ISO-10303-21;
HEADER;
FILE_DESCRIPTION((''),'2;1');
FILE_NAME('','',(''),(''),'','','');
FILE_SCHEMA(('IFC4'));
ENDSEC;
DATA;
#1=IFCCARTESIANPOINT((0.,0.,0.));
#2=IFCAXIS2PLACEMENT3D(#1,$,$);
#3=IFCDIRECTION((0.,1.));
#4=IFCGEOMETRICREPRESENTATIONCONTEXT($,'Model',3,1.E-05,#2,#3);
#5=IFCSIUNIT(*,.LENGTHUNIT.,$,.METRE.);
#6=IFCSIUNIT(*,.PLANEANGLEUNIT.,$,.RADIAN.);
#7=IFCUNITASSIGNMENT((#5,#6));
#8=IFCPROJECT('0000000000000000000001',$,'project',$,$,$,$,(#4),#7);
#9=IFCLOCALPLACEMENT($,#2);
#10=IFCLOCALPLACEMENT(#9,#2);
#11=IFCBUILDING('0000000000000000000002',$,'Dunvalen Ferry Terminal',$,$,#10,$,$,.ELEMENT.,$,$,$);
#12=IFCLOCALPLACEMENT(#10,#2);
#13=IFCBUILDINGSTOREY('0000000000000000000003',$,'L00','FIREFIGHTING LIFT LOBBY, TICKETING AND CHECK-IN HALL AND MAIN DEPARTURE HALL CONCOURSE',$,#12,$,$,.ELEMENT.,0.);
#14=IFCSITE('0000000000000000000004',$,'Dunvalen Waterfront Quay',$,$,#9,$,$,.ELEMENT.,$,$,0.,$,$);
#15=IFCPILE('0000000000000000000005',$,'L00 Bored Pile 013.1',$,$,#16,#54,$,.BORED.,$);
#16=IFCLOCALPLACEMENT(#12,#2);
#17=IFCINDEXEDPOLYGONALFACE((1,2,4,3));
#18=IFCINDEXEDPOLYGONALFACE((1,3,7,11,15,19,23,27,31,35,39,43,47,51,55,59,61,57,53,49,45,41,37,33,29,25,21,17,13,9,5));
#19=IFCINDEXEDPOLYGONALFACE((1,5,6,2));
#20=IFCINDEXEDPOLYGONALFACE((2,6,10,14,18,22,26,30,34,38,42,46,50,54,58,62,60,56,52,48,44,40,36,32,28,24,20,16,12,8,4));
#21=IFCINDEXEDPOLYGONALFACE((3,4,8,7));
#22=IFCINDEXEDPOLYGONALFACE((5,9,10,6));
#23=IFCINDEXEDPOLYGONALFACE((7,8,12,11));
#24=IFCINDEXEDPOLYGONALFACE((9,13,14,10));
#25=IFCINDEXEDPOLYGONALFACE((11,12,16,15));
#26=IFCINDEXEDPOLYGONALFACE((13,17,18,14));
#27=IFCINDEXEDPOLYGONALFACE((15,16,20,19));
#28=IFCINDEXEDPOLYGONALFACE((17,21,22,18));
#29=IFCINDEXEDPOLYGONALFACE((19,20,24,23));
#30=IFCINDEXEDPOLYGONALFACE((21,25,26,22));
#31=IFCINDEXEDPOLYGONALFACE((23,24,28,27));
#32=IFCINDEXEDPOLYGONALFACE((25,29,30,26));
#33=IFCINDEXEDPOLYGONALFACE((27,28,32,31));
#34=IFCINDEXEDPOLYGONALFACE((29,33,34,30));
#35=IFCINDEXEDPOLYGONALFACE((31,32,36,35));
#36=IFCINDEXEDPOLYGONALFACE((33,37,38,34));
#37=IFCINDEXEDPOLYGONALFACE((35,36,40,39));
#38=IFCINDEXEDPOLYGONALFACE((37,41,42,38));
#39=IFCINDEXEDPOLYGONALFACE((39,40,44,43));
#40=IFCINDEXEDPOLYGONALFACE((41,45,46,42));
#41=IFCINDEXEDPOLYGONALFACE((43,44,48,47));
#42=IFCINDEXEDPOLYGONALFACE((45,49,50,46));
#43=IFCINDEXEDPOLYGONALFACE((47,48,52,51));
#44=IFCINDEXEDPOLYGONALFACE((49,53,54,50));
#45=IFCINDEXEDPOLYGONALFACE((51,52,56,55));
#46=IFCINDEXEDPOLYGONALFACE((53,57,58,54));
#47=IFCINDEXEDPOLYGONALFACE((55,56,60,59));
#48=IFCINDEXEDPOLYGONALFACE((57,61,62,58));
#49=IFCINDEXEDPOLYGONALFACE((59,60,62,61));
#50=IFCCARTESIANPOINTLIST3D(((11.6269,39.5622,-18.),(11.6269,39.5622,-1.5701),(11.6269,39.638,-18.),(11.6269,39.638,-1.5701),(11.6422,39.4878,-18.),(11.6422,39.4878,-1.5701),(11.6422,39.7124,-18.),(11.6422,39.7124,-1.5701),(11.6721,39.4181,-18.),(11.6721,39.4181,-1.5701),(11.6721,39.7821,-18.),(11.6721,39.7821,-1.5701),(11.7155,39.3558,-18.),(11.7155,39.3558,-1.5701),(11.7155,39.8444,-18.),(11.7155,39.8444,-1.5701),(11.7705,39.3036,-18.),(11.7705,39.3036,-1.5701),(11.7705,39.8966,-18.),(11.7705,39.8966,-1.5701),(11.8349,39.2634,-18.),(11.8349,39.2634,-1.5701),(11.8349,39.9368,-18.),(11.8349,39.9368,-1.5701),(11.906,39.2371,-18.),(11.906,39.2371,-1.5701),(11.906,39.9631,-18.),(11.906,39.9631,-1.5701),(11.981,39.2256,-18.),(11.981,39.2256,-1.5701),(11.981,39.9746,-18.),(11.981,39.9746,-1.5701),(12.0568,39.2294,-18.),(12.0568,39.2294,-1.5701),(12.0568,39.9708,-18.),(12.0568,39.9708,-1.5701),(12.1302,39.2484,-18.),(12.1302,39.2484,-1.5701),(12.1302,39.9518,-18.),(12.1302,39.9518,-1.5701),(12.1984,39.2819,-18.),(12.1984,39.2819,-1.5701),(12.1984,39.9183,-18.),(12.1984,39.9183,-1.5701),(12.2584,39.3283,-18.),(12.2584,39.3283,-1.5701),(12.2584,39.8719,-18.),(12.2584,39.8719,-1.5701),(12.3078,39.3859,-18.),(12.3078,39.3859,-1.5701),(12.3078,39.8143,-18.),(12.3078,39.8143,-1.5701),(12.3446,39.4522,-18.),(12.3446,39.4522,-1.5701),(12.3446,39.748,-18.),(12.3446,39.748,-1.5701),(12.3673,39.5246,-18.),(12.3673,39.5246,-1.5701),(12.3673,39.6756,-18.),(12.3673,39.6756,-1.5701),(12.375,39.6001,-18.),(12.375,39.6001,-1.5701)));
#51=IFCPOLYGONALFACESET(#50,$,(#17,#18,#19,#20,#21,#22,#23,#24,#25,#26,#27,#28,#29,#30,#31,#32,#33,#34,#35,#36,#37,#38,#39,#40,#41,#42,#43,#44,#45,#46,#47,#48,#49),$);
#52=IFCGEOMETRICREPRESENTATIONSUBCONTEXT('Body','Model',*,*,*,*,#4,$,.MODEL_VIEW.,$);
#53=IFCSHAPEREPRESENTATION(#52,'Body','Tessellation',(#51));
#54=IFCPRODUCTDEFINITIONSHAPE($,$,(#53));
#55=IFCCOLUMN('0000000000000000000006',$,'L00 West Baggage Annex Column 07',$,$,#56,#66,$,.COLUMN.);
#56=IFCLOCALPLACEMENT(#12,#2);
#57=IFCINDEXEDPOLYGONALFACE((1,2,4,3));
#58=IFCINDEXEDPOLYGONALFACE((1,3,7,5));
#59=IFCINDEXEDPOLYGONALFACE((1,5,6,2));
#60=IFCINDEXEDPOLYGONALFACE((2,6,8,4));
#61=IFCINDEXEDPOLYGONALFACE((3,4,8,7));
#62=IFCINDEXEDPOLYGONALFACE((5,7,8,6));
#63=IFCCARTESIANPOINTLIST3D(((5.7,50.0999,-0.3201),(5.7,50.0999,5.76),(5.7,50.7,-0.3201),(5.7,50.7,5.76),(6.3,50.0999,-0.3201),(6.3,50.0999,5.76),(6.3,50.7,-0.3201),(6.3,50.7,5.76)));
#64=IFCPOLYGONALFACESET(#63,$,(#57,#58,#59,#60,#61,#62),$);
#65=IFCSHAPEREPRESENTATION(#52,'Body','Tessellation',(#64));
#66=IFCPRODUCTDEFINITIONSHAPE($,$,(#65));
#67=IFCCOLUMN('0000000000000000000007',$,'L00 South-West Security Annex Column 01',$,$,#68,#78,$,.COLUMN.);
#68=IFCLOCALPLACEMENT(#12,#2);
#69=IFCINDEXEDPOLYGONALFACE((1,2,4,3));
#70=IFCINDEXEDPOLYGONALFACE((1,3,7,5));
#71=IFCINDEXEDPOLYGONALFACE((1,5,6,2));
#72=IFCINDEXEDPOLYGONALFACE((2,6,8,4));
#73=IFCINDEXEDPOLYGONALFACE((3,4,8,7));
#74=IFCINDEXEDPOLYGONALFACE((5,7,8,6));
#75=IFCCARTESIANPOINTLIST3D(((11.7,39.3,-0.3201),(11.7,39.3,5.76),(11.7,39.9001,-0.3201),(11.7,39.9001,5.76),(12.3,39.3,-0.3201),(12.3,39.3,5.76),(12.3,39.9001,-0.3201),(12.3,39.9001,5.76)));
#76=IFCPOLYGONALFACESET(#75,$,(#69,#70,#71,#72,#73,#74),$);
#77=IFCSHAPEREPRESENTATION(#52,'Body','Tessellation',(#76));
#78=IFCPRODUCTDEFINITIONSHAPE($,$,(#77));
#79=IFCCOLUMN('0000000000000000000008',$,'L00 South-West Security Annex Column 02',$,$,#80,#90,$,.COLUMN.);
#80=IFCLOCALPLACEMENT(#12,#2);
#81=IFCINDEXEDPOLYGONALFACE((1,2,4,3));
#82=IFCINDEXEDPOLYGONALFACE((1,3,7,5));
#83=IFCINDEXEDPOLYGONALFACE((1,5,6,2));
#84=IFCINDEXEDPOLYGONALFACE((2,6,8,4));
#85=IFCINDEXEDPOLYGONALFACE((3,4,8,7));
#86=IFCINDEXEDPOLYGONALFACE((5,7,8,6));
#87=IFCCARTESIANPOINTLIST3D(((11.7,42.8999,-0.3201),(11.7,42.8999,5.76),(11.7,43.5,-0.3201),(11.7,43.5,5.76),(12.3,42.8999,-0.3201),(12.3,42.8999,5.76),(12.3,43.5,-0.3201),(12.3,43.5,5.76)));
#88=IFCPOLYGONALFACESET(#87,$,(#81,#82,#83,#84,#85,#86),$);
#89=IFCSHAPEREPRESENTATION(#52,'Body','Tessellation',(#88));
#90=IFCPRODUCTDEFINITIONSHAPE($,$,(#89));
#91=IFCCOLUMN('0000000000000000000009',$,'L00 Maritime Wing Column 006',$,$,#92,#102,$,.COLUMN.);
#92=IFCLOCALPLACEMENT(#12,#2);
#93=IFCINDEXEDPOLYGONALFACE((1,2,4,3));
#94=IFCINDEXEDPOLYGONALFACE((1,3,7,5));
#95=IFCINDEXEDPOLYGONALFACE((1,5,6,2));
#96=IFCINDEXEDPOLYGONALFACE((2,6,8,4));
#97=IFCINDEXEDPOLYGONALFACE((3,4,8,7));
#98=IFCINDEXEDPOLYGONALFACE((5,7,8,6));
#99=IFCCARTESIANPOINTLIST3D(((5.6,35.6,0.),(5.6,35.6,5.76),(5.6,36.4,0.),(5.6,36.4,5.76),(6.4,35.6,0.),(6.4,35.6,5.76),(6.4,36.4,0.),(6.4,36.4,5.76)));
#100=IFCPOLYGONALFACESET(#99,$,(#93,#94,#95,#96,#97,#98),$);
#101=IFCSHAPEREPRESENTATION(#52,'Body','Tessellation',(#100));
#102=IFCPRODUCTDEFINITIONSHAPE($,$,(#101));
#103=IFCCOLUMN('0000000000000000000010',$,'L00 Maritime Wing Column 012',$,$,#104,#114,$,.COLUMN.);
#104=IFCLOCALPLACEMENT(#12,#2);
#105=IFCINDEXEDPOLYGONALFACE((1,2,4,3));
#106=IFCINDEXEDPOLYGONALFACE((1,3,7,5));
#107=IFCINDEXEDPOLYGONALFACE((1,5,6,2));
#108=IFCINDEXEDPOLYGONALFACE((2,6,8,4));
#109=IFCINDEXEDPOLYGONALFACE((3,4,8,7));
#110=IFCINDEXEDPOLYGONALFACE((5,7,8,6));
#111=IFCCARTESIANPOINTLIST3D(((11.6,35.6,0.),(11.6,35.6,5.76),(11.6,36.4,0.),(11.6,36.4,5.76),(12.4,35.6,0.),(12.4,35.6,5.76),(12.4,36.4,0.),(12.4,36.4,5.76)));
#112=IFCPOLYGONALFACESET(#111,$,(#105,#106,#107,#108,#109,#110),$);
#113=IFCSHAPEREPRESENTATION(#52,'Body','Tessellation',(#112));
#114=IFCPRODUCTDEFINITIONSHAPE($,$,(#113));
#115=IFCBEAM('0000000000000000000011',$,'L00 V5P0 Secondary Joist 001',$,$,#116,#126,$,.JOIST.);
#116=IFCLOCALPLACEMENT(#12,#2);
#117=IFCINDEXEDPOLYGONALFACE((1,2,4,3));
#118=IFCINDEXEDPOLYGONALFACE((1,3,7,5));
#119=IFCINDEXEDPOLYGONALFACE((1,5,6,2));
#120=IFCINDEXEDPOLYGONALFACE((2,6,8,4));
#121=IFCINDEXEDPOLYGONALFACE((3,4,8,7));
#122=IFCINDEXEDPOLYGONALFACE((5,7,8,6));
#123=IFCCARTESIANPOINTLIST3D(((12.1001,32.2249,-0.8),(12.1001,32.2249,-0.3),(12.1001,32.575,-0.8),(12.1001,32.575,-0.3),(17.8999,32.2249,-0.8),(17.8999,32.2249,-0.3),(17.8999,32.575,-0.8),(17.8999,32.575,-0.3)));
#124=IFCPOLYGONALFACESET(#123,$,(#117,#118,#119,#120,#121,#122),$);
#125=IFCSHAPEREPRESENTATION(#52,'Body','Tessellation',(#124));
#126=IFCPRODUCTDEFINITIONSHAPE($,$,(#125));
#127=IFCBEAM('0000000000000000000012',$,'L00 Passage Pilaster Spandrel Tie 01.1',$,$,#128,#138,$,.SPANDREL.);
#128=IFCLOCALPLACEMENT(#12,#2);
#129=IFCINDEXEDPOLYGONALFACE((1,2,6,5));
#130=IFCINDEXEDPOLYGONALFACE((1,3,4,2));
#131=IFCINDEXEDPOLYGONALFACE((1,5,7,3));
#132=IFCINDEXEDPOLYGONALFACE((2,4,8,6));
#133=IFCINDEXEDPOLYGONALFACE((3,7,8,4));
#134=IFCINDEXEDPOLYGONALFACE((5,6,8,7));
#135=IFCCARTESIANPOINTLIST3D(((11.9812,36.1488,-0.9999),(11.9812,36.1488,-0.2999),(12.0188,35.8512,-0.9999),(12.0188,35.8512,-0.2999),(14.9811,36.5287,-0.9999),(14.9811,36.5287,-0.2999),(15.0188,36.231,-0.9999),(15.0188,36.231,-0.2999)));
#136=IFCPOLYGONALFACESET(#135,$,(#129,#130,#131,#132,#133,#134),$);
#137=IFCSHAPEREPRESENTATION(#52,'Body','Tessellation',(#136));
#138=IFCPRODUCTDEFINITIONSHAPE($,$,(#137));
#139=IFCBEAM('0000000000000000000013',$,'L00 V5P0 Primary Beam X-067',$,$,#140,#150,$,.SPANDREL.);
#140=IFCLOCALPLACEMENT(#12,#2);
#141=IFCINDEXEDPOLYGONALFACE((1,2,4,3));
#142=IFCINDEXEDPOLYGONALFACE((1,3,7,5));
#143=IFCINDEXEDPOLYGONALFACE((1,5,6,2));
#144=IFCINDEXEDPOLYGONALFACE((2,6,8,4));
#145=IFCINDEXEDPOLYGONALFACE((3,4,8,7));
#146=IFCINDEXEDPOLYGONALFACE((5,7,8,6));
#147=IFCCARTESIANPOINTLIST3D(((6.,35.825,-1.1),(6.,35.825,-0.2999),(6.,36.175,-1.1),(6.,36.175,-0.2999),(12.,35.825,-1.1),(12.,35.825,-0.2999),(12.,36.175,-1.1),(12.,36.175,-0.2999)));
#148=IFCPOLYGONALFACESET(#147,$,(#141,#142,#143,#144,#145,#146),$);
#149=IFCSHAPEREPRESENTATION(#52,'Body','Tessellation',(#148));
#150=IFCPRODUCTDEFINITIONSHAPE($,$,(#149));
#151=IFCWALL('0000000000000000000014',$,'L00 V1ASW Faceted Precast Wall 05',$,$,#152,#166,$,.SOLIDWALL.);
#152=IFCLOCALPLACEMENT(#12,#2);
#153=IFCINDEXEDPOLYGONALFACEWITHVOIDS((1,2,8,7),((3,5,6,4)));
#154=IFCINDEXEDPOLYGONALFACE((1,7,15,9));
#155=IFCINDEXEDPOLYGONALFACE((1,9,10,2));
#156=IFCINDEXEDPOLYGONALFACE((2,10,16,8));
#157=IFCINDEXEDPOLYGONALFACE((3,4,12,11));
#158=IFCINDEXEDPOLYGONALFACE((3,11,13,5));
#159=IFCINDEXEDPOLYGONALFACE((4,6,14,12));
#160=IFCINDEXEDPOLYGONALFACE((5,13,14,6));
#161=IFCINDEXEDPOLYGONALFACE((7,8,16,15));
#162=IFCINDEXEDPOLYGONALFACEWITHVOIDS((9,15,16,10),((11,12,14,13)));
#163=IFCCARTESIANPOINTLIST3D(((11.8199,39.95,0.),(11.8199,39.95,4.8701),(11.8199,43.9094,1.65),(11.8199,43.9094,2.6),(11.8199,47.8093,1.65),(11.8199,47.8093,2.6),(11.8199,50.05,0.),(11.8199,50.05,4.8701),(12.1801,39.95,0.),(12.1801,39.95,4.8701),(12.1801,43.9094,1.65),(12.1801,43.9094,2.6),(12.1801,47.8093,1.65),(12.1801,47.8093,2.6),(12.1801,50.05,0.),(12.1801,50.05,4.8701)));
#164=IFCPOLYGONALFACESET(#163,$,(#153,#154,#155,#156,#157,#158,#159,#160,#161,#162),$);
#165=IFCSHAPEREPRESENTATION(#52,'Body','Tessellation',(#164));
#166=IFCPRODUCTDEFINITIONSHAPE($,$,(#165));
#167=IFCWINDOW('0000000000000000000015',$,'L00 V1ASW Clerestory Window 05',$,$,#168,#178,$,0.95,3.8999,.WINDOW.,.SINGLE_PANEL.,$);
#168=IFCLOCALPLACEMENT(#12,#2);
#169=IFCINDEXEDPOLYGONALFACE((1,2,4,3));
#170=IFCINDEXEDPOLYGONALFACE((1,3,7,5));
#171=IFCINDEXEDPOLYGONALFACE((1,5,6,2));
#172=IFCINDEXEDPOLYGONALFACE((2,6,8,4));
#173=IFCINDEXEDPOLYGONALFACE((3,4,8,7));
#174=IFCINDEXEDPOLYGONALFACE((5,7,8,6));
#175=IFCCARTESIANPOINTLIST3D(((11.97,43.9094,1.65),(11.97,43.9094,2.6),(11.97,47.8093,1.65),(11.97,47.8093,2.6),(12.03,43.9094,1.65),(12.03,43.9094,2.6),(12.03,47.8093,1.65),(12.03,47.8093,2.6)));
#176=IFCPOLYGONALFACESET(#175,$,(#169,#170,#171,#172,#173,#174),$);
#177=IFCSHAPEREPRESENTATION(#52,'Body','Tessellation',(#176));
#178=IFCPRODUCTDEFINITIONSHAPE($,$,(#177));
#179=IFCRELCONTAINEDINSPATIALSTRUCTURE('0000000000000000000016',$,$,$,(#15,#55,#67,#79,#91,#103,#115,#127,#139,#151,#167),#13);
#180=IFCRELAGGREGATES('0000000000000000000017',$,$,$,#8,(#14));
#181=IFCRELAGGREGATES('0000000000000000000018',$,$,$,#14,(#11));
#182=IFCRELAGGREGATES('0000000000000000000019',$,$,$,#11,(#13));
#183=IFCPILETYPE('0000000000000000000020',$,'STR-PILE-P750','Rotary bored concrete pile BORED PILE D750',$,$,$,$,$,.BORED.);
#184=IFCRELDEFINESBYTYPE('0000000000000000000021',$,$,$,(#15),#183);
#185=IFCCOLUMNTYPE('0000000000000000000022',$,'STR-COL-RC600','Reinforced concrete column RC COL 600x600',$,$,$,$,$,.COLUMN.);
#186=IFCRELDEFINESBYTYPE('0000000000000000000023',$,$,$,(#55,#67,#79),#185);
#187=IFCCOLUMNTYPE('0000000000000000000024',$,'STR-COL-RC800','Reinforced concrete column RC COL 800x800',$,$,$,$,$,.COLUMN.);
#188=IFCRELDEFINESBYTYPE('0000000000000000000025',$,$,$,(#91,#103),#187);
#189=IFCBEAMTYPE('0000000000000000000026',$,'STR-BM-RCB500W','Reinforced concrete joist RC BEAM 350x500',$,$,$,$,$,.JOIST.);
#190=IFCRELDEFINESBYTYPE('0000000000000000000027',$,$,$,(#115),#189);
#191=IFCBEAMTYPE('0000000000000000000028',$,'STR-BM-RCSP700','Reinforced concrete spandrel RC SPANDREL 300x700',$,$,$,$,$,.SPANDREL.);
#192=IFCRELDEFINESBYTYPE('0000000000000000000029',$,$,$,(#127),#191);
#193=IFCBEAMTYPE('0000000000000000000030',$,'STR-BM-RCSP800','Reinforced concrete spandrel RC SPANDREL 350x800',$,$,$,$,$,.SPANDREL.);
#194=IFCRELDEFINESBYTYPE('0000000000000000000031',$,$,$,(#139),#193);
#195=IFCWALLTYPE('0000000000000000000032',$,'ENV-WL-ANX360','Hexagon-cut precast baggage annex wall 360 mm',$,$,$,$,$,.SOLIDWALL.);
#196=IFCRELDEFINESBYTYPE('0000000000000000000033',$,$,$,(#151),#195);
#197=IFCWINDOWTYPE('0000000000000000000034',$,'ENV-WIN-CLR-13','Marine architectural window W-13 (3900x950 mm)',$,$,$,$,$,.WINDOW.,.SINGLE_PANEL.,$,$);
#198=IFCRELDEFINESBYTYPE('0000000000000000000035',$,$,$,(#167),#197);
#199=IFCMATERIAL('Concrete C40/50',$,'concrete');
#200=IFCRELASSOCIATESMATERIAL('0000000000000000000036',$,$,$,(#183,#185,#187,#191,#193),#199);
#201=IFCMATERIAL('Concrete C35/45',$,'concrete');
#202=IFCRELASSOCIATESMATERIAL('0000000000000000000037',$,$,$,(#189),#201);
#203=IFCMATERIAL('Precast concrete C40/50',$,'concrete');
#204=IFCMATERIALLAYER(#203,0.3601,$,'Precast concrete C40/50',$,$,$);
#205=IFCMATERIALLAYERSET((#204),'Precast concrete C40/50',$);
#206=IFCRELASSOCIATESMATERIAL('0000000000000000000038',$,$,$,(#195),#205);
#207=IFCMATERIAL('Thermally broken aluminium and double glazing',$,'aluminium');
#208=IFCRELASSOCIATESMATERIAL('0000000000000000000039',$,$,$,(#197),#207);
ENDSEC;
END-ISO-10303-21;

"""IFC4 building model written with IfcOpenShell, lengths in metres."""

from ifc_helpers import new_model, si_unit, direction, frame, frame_2d, origin, origin_2d, place, context, subcontext, project, spatial, rectangle, circle, extrude, material, layer, layer_set, material_profile, profile_set, type_object, element, fill, save


model = new_model("IFC4")

# Units and contexts
model_context = context("Model", 3, precision=1e-05, world=origin(), true_north=direction((0.0, 1.0)))
body_context = subcontext(model_context, "Body", "Model", "MODEL_VIEW")
ifc_project = project(units=[si_unit("LENGTHUNIT", "METRE"), si_unit("PLANEANGLEUNIT", "RADIAN")], contexts=[model_context])

# Site, building, storey
site_placement = place(None, origin())
site = spatial("IfcSite", under=ifc_project, at=site_placement, Name="Dunvalen Waterfront Quay", CompositionType="ELEMENT", RefElevation=0.0)
building_placement = place(site_placement, origin())
building = spatial("IfcBuilding", under=site, at=building_placement, Name="Dunvalen Ferry Terminal", CompositionType="ELEMENT")
storey_placement = place(building_placement, origin())
storey = spatial("IfcBuildingStorey", under=building, at=storey_placement, Name="L00", Description="FIREFIGHTING LIFT LOBBY, TICKETING AND CHECK-IN HALL AND MAIN DEPARTURE HALL CONCOURSE", CompositionType="ELEMENT", Elevation=0.0)

# Shared definitions
ifc_material_1 = material(Name="Concrete C40/50", Category="concrete")

# Pile
ifc_material_profile_1 = material_profile(ifc_material_1, circle(Radius=0.375, at=origin_2d()), Name="Concrete C40/50")
ifc_profile_set_1 = profile_set([ifc_material_profile_1], Name="Concrete C40/50")
pile_type_1 = type_object("IfcPileType", Name="STR-PILE-P750", Description="Rotary bored concrete pile BORED PILE D750", PredefinedType="BORED", material=ifc_profile_set_1)
for number, where, z_axis, x_axis, name in (
    (1, (12.0, 39.6001, -1.5701), (0.0, 0.0, -1.0), (1.0, 0.0, 0.0), "L00 Bored Pile 013.1"),
):
    element("IfcPile", number, at=place(storey_placement, frame(where, z_axis=z_axis, x_axis=x_axis)), inside=storey, type_object=pile_type_1, Name=name, PredefinedType="BORED", context=body_context, shape_type="SweptSolid", body=[
        extrude(circle(Radius=0.375, at=origin_2d()), origin(), (0.0, 0.0, 1.0), 16.4299),
    ])

# Columns
ifc_material_profile_2 = material_profile(ifc_material_1, rectangle(XDim=0.6001, YDim=0.6001, at=origin_2d()), Name="Concrete C40/50")
ifc_profile_set_2 = profile_set([ifc_material_profile_2], Name="Concrete C40/50")
column_type_1 = type_object("IfcColumnType", Name="STR-COL-RC600", Description="Reinforced concrete column RC COL 600x600", PredefinedType="COLUMN", material=ifc_profile_set_2)
for number, where, z_axis, x_axis, name in (
    (2, (6.0, 50.3999, -0.3201), (0.0, 0.0, 1.0), (1.0, 0.0, 0.0), "L00 West Baggage Annex Column 07"),
    (3, (12.0, 39.6001, -0.3201), (0.0, 0.0, 1.0), (1.0, 0.0, 0.0), "L00 South-West Security Annex Column 01"),
    (4, (12.0, 43.2, -0.3201), (0.0, 0.0, 1.0), (1.0, 0.0, 0.0), "L00 South-West Security Annex Column 02"),
):
    element("IfcColumn", number, at=place(storey_placement, frame(where, z_axis=z_axis, x_axis=x_axis)), inside=storey, type_object=column_type_1, Name=name, PredefinedType="COLUMN", context=body_context, shape_type="SweptSolid", body=[
        extrude(rectangle(XDim=0.6001, YDim=0.6001, at=origin_2d()), origin(), (0.0, 0.0, 1.0), 6.0801),
    ])
ifc_material_profile_3 = material_profile(ifc_material_1, rectangle(XDim=0.8, YDim=0.8, at=origin_2d()), Name="Concrete C40/50")
ifc_profile_set_3 = profile_set([ifc_material_profile_3], Name="Concrete C40/50")
column_type_2 = type_object("IfcColumnType", Name="STR-COL-RC800", Description="Reinforced concrete column RC COL 800x800", PredefinedType="COLUMN", material=ifc_profile_set_3)
for number, where, z_axis, x_axis, name in (
    (5, (6.0, 36.0, 0.0), (0.0, 0.0, 1.0), (1.0, 0.0, 0.0), "L00 Maritime Wing Column 006"),
    (6, (12.0, 36.0, 0.0), (0.0, 0.0, 1.0), (1.0, 0.0, 0.0), "L00 Maritime Wing Column 012"),
):
    element("IfcColumn", number, at=place(storey_placement, frame(where, z_axis=z_axis, x_axis=x_axis)), inside=storey, type_object=column_type_2, Name=name, PredefinedType="COLUMN", context=body_context, shape_type="SweptSolid", body=[
        extrude(rectangle(XDim=0.8, YDim=0.8, at=origin_2d()), origin(), (0.0, 0.0, 1.0), 5.76),
    ])

# Beams
ifc_material_2 = material(Name="Concrete C35/45", Category="concrete")
ifc_material_profile_4 = material_profile(ifc_material_2, rectangle(XDim=0.3501, YDim=0.5, at=origin_2d()), Name="Concrete C35/45")
ifc_profile_set_4 = profile_set([ifc_material_profile_4], Name="Concrete C35/45")
beam_type_1 = type_object("IfcBeamType", Name="STR-BM-RCB500W", Description="Reinforced concrete joist RC BEAM 350x500", PredefinedType="JOIST", material=ifc_profile_set_4)
beam_1_placement = place(storey_placement, frame((12.1001, 32.3999, -0.55), z_axis=(1.0, 0.0, 0.0), x_axis=(0.0, 1.0, 0.0)))
element("IfcBeam", 7, at=beam_1_placement, inside=storey, type_object=beam_type_1, Name="L00 V5P0 Secondary Joist 001", PredefinedType="JOIST", context=body_context, shape_type="SweptSolid", body=[
    extrude(rectangle(XDim=0.3501, YDim=0.5, at=origin_2d()), origin(), (0.0, 0.0, 1.0), 5.7998),
])
ifc_material_profile_5 = material_profile(ifc_material_1, rectangle(XDim=0.3, YDim=0.7, at=origin_2d()), Name="Concrete C40/50")
ifc_profile_set_5 = profile_set([ifc_material_profile_5], Name="Concrete C40/50")
beam_type_2 = type_object("IfcBeamType", Name="STR-BM-RCSP700", Description="Reinforced concrete spandrel RC SPANDREL 300x700", PredefinedType="SPANDREL", material=ifc_profile_set_5)
beam_2_placement = place(storey_placement, frame((12.0, 36.0, -0.6499), z_axis=(0.992078, 0.125624, 0.0), x_axis=(-0.125624, 0.992078, 0.0)))
element("IfcBeam", 8, at=beam_2_placement, inside=storey, type_object=beam_type_2, Name="L00 Passage Pilaster Spandrel Tie 01.1", PredefinedType="SPANDREL", context=body_context, shape_type="SweptSolid", body=[
    extrude(rectangle(XDim=0.3, YDim=0.7, at=origin_2d()), origin(), (0.0, 0.0, 1.0), 3.0239),
])
ifc_material_profile_6 = material_profile(ifc_material_1, rectangle(XDim=0.3501, YDim=0.8, at=origin_2d()), Name="Concrete C40/50")
ifc_profile_set_6 = profile_set([ifc_material_profile_6], Name="Concrete C40/50")
beam_type_3 = type_object("IfcBeamType", Name="STR-BM-RCSP800", Description="Reinforced concrete spandrel RC SPANDREL 350x800", PredefinedType="SPANDREL", material=ifc_profile_set_6)
beam_3_placement = place(storey_placement, frame((6.0, 36.0, -0.7), z_axis=(1.0, 0.0, 0.0), x_axis=(0.0, 1.0, 0.0)))
element("IfcBeam", 9, at=beam_3_placement, inside=storey, type_object=beam_type_3, Name="L00 V5P0 Primary Beam X-067", PredefinedType="SPANDREL", context=body_context, shape_type="SweptSolid", body=[
    extrude(rectangle(XDim=0.3501, YDim=0.8, at=origin_2d()), origin(), (0.0, 0.0, 1.0), 6.0),
])

# Wall, opening, window
ifc_material_3 = material(Name="Precast concrete C40/50", Category="concrete")
ifc_layer_1 = layer(ifc_material_3, 0.3601, Name="Precast concrete C40/50")
ifc_layer_set_1 = layer_set([ifc_layer_1], Name="Precast concrete C40/50")
wall_type_1 = type_object("IfcWallType", Name="ENV-WL-ANX360", Description="Hexagon-cut precast baggage annex wall 360 mm", PredefinedType="SOLIDWALL", material=ifc_layer_set_1)
wall_1_placement = place(storey_placement, frame((12.0, 50.05, 0.0), z_axis=(0.0, 0.0, 1.0), x_axis=(0.0, -1.0, 0.0)))
wall_1 = element("IfcWall", 10, at=wall_1_placement, inside=storey, type_object=wall_type_1, Name="L00 V1ASW Faceted Precast Wall 05", PredefinedType="SOLIDWALL", context=body_context, shape_type="SweptSolid", body=[
    extrude(rectangle(XDim=10.1001, YDim=0.3601, at=frame_2d((5.05, 0.0))), origin(), (0.0, 0.0, 1.0), 4.8701),
])
opening_1_placement = place(wall_1_placement, frame((2.2407, 0.0, 1.6499)))
opening_1 = element("IfcOpeningElement", 11, at=opening_1_placement, cuts=wall_1, PredefinedType="OPENING", context=body_context, shape_type="SweptSolid", body=[
    extrude(rectangle(XDim=3.8999, YDim=0.95, at=frame_2d((1.95, 0.4751))), frame((0.0, 0.1899, 0.0), z_axis=(0.0, -1.0, 0.0), x_axis=(1.0, 0.0, 0.0)), (0.0, 0.0, 1.0), 0.3801),
])
ifc_material_4 = material(Name="Thermally broken aluminium and double glazing", Category="aluminium")
window_type_1 = type_object("IfcWindowType", Name="ENV-WIN-CLR-13", Description="Marine architectural window W-13 (3900x950 mm)", PartitioningType="SINGLE_PANEL", PredefinedType="WINDOW", material=ifc_material_4)
window_1_placement = place(opening_1_placement, origin())
window_1 = element("IfcWindow", 12, at=window_1_placement, inside=storey, type_object=window_type_1, Name="L00 V1ASW Clerestory Window 05", OverallHeight=0.95, OverallWidth=3.8999, PartitioningType="SINGLE_PANEL", PredefinedType="WINDOW", context=body_context, shape_type="SweptSolid", body=[
    extrude(rectangle(XDim=3.8999, YDim=0.95, at=frame_2d((1.95, 0.4751))), frame((0.0, 0.03, 0.0), z_axis=(0.0, -1.0, 0.0), x_axis=(1.0, 0.0, 0.0)), (0.0, 0.0, 1.0), 0.0601),
])
fill(opening_1, window_1)

save(model, "model.ifc")
